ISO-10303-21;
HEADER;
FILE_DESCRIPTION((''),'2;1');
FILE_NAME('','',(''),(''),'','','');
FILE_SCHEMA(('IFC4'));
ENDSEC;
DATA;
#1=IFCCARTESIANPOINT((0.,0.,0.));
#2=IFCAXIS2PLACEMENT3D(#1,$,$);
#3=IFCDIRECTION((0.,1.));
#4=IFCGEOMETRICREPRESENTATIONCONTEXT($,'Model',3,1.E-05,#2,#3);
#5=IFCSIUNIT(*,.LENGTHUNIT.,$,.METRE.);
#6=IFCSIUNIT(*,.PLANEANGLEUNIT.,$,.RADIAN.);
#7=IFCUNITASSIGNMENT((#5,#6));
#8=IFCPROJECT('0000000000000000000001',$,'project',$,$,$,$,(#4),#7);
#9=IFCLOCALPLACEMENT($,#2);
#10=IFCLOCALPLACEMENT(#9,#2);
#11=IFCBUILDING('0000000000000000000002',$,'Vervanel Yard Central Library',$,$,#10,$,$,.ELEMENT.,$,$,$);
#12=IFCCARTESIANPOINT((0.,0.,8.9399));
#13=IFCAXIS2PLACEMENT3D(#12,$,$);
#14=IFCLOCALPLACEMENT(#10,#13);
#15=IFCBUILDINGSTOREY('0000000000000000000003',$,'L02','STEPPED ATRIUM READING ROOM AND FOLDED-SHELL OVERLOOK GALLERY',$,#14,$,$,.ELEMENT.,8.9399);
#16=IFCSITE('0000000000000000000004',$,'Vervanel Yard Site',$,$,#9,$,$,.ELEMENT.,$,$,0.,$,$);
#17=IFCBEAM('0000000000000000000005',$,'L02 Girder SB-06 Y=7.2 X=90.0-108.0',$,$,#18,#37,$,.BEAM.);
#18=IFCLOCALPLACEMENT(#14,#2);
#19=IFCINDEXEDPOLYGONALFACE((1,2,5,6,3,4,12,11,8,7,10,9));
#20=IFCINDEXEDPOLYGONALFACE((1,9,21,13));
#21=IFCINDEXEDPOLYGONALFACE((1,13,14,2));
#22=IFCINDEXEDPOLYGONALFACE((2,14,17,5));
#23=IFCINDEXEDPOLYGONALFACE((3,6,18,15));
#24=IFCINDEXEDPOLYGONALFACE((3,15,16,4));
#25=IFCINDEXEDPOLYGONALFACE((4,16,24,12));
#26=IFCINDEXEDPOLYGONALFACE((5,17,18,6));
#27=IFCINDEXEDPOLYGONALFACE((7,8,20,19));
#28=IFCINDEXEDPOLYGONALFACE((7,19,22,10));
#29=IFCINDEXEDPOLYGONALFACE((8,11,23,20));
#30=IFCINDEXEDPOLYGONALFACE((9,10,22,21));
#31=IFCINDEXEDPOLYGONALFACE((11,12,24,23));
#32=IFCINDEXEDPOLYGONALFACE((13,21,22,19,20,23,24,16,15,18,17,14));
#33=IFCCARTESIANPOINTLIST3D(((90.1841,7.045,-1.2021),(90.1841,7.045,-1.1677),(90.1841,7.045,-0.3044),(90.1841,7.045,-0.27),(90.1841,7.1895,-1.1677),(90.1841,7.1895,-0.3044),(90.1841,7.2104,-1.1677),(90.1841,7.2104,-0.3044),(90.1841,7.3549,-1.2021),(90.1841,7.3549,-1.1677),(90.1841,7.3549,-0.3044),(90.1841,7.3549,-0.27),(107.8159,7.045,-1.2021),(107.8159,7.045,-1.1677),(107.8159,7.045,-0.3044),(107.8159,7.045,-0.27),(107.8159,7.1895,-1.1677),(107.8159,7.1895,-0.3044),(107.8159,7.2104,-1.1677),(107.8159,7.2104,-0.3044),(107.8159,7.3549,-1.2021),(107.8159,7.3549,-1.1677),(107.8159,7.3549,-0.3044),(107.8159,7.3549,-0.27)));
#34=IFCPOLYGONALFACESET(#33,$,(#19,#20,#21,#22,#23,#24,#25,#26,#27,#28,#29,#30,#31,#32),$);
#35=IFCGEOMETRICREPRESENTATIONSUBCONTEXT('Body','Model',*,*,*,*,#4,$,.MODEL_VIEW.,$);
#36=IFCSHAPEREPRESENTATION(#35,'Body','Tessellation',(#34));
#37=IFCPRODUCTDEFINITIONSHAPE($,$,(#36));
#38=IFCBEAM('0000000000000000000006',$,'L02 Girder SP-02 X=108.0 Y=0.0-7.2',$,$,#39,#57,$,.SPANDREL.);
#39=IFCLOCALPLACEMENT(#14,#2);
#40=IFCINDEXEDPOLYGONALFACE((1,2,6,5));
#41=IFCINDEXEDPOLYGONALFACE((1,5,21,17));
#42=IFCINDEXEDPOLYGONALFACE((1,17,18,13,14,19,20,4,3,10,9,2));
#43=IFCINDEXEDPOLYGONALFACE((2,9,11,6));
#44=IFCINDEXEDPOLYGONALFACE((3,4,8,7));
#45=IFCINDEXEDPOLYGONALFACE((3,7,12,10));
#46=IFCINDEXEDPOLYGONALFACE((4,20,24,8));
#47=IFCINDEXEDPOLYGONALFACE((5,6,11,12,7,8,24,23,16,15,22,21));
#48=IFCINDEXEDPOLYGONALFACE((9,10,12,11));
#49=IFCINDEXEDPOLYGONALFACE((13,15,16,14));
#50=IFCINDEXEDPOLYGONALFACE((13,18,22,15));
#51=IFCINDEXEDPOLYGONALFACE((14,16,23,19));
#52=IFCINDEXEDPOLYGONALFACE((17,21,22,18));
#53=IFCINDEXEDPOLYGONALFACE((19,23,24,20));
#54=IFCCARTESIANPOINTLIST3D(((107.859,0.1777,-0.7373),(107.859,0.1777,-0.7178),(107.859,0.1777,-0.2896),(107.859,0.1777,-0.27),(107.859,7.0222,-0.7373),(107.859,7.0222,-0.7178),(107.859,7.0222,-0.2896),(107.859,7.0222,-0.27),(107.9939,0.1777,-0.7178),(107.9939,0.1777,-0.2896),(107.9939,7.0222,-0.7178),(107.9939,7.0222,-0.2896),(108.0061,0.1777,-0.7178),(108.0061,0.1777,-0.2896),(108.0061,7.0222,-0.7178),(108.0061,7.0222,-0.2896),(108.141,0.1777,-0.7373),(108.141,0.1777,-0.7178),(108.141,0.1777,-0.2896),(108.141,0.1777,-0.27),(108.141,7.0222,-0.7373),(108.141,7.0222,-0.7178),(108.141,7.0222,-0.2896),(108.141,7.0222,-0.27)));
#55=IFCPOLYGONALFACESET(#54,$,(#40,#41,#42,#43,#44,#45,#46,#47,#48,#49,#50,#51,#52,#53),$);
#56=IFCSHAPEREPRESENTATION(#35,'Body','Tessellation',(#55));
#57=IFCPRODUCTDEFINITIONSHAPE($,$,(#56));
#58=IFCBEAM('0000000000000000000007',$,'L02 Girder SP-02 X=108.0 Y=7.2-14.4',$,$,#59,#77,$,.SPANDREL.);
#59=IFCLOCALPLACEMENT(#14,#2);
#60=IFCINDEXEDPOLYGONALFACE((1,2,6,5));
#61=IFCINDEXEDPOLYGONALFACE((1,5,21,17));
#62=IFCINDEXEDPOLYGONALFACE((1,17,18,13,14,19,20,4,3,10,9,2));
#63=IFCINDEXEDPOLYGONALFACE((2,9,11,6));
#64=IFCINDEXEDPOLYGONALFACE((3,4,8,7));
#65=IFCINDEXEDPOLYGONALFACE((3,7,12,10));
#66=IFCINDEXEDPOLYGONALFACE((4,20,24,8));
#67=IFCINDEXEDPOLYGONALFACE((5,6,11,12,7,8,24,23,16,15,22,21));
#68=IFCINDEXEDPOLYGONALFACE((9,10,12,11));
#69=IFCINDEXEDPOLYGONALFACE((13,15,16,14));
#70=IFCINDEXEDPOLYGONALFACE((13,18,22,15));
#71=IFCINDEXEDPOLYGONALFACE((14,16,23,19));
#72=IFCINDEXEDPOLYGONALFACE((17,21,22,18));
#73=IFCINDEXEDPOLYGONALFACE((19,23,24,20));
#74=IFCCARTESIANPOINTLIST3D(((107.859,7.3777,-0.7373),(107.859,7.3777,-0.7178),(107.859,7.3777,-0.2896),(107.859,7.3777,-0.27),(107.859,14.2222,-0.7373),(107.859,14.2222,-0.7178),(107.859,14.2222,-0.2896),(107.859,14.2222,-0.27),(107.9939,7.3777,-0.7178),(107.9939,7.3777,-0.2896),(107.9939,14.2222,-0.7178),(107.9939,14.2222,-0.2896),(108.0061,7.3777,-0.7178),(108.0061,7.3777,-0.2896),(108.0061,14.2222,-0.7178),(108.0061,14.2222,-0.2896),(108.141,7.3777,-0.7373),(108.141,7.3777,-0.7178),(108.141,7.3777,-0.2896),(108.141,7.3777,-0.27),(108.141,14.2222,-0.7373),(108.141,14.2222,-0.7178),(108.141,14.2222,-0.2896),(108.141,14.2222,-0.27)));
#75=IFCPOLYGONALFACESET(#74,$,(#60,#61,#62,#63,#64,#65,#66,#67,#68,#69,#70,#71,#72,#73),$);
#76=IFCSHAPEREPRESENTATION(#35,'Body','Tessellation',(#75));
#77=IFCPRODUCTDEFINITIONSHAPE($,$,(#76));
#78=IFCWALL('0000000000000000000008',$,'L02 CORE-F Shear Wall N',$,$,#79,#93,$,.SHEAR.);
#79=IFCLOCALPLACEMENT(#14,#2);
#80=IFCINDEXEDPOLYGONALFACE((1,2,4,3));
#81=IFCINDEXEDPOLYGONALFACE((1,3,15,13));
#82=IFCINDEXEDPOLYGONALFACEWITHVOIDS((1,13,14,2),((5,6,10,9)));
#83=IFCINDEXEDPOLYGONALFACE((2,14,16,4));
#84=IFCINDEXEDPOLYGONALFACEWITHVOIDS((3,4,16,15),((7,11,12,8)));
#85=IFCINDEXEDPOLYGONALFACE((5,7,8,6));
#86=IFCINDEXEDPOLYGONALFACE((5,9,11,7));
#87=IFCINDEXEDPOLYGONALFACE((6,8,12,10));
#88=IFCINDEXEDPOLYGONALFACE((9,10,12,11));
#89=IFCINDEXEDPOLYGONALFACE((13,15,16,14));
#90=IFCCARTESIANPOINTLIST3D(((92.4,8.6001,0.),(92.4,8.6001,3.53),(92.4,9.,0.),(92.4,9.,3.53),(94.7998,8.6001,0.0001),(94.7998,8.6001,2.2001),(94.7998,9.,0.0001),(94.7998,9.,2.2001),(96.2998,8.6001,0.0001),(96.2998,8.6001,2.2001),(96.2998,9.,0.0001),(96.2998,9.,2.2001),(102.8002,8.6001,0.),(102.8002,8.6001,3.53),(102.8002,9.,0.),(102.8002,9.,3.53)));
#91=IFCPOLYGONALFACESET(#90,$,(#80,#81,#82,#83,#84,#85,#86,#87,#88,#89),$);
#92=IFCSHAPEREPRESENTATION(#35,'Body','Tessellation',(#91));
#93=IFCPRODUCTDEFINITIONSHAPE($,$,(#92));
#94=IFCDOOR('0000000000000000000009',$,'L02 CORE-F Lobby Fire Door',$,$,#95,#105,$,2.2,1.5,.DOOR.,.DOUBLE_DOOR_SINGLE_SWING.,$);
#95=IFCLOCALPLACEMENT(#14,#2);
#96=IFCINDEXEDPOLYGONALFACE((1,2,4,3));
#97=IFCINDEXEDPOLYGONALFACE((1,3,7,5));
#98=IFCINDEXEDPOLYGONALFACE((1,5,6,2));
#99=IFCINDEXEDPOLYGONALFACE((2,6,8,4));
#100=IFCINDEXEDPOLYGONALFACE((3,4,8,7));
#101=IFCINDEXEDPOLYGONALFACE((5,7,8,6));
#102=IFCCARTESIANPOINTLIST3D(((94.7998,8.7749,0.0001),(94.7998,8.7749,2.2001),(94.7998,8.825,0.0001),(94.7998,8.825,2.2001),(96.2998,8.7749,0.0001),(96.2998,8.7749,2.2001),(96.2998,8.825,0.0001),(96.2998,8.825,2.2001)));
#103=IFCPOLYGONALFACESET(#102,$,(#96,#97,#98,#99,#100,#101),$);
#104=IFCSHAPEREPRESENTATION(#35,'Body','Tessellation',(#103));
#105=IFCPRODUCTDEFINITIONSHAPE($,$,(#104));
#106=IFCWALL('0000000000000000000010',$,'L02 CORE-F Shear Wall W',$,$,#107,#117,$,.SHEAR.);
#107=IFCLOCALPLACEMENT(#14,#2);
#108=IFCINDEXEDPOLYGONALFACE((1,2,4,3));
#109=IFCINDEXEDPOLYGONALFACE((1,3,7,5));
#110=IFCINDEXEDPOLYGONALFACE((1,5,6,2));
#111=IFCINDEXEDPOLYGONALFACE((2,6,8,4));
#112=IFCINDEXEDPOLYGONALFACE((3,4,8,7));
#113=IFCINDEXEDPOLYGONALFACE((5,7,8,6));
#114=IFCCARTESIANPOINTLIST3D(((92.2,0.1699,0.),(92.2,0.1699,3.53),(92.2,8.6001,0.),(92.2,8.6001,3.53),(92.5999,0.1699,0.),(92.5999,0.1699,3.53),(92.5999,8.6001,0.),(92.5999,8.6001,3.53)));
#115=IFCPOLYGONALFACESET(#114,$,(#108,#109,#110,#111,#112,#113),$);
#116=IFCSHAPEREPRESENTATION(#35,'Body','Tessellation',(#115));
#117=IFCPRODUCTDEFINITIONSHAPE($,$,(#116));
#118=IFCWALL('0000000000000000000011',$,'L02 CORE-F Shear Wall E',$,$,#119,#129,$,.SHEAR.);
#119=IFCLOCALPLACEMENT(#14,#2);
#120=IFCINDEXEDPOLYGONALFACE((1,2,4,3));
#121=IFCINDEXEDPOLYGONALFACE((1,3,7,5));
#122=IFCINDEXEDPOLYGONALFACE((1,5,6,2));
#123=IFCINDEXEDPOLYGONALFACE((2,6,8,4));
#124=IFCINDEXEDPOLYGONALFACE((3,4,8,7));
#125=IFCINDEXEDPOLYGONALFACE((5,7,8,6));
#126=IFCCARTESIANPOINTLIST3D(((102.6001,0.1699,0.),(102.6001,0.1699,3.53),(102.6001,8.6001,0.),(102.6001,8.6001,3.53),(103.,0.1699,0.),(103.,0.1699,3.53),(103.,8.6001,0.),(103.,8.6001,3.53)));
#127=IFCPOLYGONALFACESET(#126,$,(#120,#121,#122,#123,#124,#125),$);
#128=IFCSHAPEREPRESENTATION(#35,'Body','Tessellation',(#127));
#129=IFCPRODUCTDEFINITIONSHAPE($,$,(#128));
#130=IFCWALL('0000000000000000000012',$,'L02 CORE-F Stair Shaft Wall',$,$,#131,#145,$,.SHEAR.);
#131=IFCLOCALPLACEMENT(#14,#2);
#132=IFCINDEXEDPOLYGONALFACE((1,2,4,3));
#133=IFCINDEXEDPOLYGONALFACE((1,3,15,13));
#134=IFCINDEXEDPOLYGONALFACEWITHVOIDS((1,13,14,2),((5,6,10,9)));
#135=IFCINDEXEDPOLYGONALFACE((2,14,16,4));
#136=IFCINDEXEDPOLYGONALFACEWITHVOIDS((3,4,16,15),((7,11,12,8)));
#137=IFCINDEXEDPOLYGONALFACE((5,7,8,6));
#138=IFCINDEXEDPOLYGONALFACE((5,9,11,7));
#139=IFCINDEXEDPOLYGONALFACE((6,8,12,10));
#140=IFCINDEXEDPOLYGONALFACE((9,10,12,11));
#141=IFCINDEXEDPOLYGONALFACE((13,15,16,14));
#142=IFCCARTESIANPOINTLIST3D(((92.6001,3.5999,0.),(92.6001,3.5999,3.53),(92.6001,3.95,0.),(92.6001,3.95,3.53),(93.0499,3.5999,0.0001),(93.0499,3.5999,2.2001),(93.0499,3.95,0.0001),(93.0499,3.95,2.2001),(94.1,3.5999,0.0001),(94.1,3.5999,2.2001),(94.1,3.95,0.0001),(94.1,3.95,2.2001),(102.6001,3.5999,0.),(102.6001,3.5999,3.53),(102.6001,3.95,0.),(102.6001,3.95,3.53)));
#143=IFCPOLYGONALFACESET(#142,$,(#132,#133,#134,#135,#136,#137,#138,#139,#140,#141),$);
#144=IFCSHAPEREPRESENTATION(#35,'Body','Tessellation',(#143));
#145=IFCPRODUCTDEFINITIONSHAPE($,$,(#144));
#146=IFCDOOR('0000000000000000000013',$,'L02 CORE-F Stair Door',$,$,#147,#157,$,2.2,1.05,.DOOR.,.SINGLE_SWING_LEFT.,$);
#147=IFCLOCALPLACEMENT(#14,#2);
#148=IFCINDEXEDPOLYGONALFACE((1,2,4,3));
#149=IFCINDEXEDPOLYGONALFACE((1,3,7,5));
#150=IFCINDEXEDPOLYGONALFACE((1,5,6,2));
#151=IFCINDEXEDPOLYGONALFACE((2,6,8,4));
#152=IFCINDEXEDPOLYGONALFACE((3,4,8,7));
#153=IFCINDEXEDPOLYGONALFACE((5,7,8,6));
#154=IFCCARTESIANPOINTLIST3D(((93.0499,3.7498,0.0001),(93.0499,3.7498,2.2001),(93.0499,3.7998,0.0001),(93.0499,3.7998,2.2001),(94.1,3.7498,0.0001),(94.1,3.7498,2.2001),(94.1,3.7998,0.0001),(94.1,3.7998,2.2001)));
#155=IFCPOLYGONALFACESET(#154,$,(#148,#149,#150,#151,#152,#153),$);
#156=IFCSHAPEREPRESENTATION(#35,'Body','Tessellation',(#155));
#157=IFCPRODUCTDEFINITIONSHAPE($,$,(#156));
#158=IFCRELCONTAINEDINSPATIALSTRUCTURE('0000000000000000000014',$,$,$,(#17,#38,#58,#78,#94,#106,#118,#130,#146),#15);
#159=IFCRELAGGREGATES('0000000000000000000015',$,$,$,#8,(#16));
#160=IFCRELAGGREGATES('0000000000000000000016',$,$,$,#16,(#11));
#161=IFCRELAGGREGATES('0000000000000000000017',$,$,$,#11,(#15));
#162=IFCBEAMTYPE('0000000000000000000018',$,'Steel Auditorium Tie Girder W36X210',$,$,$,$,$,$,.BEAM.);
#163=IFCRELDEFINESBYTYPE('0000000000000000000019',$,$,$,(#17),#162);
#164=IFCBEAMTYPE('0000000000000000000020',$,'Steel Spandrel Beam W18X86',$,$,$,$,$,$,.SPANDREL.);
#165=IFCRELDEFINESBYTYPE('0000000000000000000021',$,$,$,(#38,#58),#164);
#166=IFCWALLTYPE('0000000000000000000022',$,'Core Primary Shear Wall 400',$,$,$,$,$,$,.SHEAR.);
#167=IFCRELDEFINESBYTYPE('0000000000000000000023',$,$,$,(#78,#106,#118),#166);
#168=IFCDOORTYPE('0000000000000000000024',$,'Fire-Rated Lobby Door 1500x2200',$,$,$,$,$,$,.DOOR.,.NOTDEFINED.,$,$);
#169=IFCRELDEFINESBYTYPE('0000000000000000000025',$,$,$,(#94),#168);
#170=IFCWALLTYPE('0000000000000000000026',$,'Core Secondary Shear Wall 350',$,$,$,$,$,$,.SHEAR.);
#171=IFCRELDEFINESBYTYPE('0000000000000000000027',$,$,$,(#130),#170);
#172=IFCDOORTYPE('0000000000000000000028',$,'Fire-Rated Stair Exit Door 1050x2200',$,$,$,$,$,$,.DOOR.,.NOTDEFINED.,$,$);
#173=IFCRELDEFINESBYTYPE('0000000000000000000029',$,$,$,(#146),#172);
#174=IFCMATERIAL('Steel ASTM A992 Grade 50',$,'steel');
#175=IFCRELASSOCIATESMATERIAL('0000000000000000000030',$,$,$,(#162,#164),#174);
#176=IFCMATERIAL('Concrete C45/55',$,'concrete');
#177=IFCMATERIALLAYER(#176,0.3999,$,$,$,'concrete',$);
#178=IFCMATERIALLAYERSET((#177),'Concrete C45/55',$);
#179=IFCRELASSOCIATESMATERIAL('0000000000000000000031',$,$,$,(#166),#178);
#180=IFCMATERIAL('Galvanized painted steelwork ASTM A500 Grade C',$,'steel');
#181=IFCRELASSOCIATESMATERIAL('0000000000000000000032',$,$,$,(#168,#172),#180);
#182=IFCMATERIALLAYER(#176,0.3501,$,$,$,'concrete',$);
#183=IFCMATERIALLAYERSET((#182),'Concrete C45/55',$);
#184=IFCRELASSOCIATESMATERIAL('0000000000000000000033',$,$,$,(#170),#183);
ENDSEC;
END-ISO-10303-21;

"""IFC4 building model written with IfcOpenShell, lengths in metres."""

from ifc_helpers import new_model, si_unit, direction, frame, frame_2d, origin, origin_2d, place, context, subcontext, project, spatial, rectangle, i_section, extrude, material, layer, layer_set, material_profile, profile_set, type_object, element, fill, save


model = new_model("IFC4")

# Units and contexts
model_context = context("Model", 3, precision=1e-05, world=origin(), true_north=direction((0.0, 1.0)))
body_context = subcontext(model_context, "Body", "Model", "MODEL_VIEW")
ifc_project = project(units=[si_unit("LENGTHUNIT", "METRE"), si_unit("PLANEANGLEUNIT", "RADIAN")], contexts=[model_context])

# Site, building, storey
site_placement = place(None, origin())
site = spatial("IfcSite", under=ifc_project, at=site_placement, Name="Vervanel Yard Site", CompositionType="ELEMENT", RefElevation=0.0)
building_placement = place(site_placement, origin())
building = spatial("IfcBuilding", under=site, at=building_placement, Name="Vervanel Yard Central Library", CompositionType="ELEMENT")
storey_placement = place(building_placement, frame((0.0, 0.0, 8.9399)))
storey = spatial("IfcBuildingStorey", under=building, at=storey_placement, Name="L02", Description="STEPPED ATRIUM READING ROOM AND FOLDED-SHELL OVERLOOK GALLERY", CompositionType="ELEMENT", Elevation=8.9399)

# Beams
ifc_material_1 = material(Name="Steel ASTM A992 Grade 50", Category="steel")
ifc_material_profile_1 = material_profile(ifc_material_1, i_section(OverallWidth=0.3098, OverallDepth=0.9321, WebThickness=0.021, FlangeThickness=0.0344, at=origin_2d()), Name="W36X210", Category="steel")
ifc_profile_set_1 = profile_set([ifc_material_profile_1], Name="Steel ASTM A992 Grade 50")
beam_type_1 = type_object("IfcBeamType", Name="Steel Auditorium Tie Girder W36X210", PredefinedType="BEAM", material=ifc_profile_set_1)
beam_placement = place(storey_placement, frame((90.1841, 7.2, -0.7361), z_axis=(1.0, 0.0, 0.0), x_axis=(0.0, 1.0, 0.0)))
element("IfcBeam", 1, at=beam_placement, inside=storey, type_object=beam_type_1, Name="L02 Girder SB-06 Y=7.2 X=90.0-108.0", PredefinedType="BEAM", context=body_context, shape_type="SweptSolid", body=[
    extrude(i_section(OverallWidth=0.3098, OverallDepth=0.9321, WebThickness=0.021, FlangeThickness=0.0344, at=origin_2d()), origin(), (0.0, 0.0, 1.0), 17.6318),
])
ifc_material_profile_2 = material_profile(ifc_material_1, i_section(OverallWidth=0.282, OverallDepth=0.4673, WebThickness=0.0122, FlangeThickness=0.0195, at=origin_2d()), Name="W18X86", Category="steel")
ifc_profile_set_2 = profile_set([ifc_material_profile_2], Name="Steel ASTM A992 Grade 50")
beam_type_2 = type_object("IfcBeamType", Name="Steel Spandrel Beam W18X86", PredefinedType="SPANDREL", material=ifc_profile_set_2)
for number, where, z_axis, x_axis, name in (
    (2, (108.0, 0.1777, -0.5037), (0.0, 1.0, 0.0), (-1.0, 0.0, 0.0), "L02 Girder SP-02 X=108.0 Y=0.0-7.2"),
    (3, (108.0, 7.3777, -0.5037), (0.0, 1.0, 0.0), (-1.0, 0.0, 0.0), "L02 Girder SP-02 X=108.0 Y=7.2-14.4"),
):
    element("IfcBeam", number, at=place(storey_placement, frame(where, z_axis=z_axis, x_axis=x_axis)), inside=storey, type_object=beam_type_2, Name=name, PredefinedType="SPANDREL", context=body_context, shape_type="SweptSolid", body=[
        extrude(i_section(OverallWidth=0.282, OverallDepth=0.4673, WebThickness=0.0122, FlangeThickness=0.0195, at=origin_2d()), origin(), (0.0, 0.0, 1.0), 6.8445),
    ])

# Wall, opening, door
ifc_material_2 = material(Name="Concrete C45/55", Category="concrete")
ifc_layer_1 = layer(ifc_material_2, 0.3999, Category="concrete")
ifc_layer_set_1 = layer_set([ifc_layer_1], Name="Concrete C45/55")
wall_type_1 = type_object("IfcWallType", Name="Core Primary Shear Wall 400", PredefinedType="SHEAR", material=ifc_layer_set_1)
wall_1_placement = place(storey_placement, frame((92.3999, 8.8, 0.0), z_axis=(0.0, 0.0, 1.0), x_axis=(1.0, 0.0, 0.0)))
wall_1 = element("IfcWall", 4, at=wall_1_placement, inside=storey, type_object=wall_type_1, Name="L02 CORE-F Shear Wall N", PredefinedType="SHEAR", context=body_context, shape_type="SweptSolid", body=[
    extrude(rectangle(XDim=10.4001, YDim=0.3999, at=frame_2d((5.2002, 0.0))), origin(), (0.0, 0.0, 1.0), 3.53),
])
opening_1_placement = place(wall_1_placement, frame((2.3999, 0.0, 0.0)))
opening_1 = element("IfcOpeningElement", 5, at=opening_1_placement, cuts=wall_1, PredefinedType="OPENING", context=body_context, shape_type="SweptSolid", body=[
    extrude(rectangle(XDim=1.5, YDim=2.2, at=frame_2d((0.75, 1.1001))), frame((0.0, 0.21, 0.0), z_axis=(0.0, -1.0, 0.0), x_axis=(1.0, 0.0, 0.0)), (0.0, 0.0, 1.0), 0.4199),
])
ifc_material_3 = material(Name="Galvanized painted steelwork ASTM A500 Grade C", Category="steel")
door_type_1 = type_object("IfcDoorType", Name="Fire-Rated Lobby Door 1500x2200", OperationType="NOTDEFINED", PredefinedType="DOOR", material=ifc_material_3)
door_1_placement = place(opening_1_placement, origin())
door_1 = element("IfcDoor", 6, at=door_1_placement, inside=storey, type_object=door_type_1, Name="L02 CORE-F Lobby Fire Door", OperationType="DOUBLE_DOOR_SINGLE_SWING", OverallHeight=2.2, OverallWidth=1.5, PredefinedType="DOOR", context=body_context, shape_type="SweptSolid", body=[
    extrude(rectangle(XDim=1.5, YDim=2.2, at=frame_2d((0.75, 1.1001))), frame((0.0, 0.0249, 0.0), z_axis=(0.0, -1.0, 0.0), x_axis=(1.0, 0.0, 0.0)), (0.0, 0.0, 1.0), 0.05),
])
fill(opening_1, door_1)

# Walls
for number, where, z_axis, x_axis, name in (
    (7, (92.3999, 0.1699, 0.0), (0.0, 0.0, 1.0), (0.0, 1.0, 0.0), "L02 CORE-F Shear Wall W"),
    (8, (102.8, 0.1699, 0.0), (0.0, 0.0, 1.0), (0.0, 1.0, 0.0), "L02 CORE-F Shear Wall E"),
):
    element("IfcWall", number, at=place(storey_placement, frame(where, z_axis=z_axis, x_axis=x_axis)), inside=storey, type_object=wall_type_1, Name=name, PredefinedType="SHEAR", context=body_context, shape_type="SweptSolid", body=[
        extrude(rectangle(XDim=8.4302, YDim=0.3999, at=frame_2d((4.2151, 0.0))), origin(), (0.0, 0.0, 1.0), 3.53),
    ])

# Wall, opening, door
ifc_layer_2 = layer(ifc_material_2, 0.3501, Category="concrete")
ifc_layer_set_2 = layer_set([ifc_layer_2], Name="Concrete C45/55")
wall_type_2 = type_object("IfcWallType", Name="Core Secondary Shear Wall 350", PredefinedType="SHEAR", material=ifc_layer_set_2)
wall_2_placement = place(storey_placement, frame((92.6001, 3.7749, 0.0), z_axis=(0.0, 0.0, 1.0), x_axis=(1.0, 0.0, 0.0)))
wall_2 = element("IfcWall", 9, at=wall_2_placement, inside=storey, type_object=wall_type_2, Name="L02 CORE-F Stair Shaft Wall", PredefinedType="SHEAR", context=body_context, shape_type="SweptSolid", body=[
    extrude(rectangle(XDim=10.0, YDim=0.3501, at=frame_2d((5.0, 0.0))), origin(), (0.0, 0.0, 1.0), 3.53),
])
opening_2_placement = place(wall_2_placement, frame((0.45, 0.0, 0.0)))
opening_2 = element("IfcOpeningElement", 10, at=opening_2_placement, cuts=wall_2, PredefinedType="OPENING", context=body_context, shape_type="SweptSolid", body=[
    extrude(rectangle(XDim=1.05, YDim=2.2, at=frame_2d((0.5249, 1.1001))), frame((0.0, 0.1851, 0.0), z_axis=(0.0, -1.0, 0.0), x_axis=(1.0, 0.0, 0.0)), (0.0, 0.0, 1.0), 0.3701),
])
door_type_2 = type_object("IfcDoorType", Name="Fire-Rated Stair Exit Door 1050x2200", OperationType="NOTDEFINED", PredefinedType="DOOR", material=ifc_material_3)
door_2_placement = place(opening_2_placement, origin())
door_2 = element("IfcDoor", 11, at=door_2_placement, inside=storey, type_object=door_type_2, Name="L02 CORE-F Stair Door", OperationType="SINGLE_SWING_LEFT", OverallHeight=2.2, OverallWidth=1.05, PredefinedType="DOOR", context=body_context, shape_type="SweptSolid", body=[
    extrude(rectangle(XDim=1.05, YDim=2.2, at=frame_2d((0.5249, 1.1001))), frame((0.0, 0.0249, 0.0), z_axis=(0.0, -1.0, 0.0), x_axis=(1.0, 0.0, 0.0)), (0.0, 0.0, 1.0), 0.05),
])
fill(opening_2, door_2)

save(model, "model.ifc")
